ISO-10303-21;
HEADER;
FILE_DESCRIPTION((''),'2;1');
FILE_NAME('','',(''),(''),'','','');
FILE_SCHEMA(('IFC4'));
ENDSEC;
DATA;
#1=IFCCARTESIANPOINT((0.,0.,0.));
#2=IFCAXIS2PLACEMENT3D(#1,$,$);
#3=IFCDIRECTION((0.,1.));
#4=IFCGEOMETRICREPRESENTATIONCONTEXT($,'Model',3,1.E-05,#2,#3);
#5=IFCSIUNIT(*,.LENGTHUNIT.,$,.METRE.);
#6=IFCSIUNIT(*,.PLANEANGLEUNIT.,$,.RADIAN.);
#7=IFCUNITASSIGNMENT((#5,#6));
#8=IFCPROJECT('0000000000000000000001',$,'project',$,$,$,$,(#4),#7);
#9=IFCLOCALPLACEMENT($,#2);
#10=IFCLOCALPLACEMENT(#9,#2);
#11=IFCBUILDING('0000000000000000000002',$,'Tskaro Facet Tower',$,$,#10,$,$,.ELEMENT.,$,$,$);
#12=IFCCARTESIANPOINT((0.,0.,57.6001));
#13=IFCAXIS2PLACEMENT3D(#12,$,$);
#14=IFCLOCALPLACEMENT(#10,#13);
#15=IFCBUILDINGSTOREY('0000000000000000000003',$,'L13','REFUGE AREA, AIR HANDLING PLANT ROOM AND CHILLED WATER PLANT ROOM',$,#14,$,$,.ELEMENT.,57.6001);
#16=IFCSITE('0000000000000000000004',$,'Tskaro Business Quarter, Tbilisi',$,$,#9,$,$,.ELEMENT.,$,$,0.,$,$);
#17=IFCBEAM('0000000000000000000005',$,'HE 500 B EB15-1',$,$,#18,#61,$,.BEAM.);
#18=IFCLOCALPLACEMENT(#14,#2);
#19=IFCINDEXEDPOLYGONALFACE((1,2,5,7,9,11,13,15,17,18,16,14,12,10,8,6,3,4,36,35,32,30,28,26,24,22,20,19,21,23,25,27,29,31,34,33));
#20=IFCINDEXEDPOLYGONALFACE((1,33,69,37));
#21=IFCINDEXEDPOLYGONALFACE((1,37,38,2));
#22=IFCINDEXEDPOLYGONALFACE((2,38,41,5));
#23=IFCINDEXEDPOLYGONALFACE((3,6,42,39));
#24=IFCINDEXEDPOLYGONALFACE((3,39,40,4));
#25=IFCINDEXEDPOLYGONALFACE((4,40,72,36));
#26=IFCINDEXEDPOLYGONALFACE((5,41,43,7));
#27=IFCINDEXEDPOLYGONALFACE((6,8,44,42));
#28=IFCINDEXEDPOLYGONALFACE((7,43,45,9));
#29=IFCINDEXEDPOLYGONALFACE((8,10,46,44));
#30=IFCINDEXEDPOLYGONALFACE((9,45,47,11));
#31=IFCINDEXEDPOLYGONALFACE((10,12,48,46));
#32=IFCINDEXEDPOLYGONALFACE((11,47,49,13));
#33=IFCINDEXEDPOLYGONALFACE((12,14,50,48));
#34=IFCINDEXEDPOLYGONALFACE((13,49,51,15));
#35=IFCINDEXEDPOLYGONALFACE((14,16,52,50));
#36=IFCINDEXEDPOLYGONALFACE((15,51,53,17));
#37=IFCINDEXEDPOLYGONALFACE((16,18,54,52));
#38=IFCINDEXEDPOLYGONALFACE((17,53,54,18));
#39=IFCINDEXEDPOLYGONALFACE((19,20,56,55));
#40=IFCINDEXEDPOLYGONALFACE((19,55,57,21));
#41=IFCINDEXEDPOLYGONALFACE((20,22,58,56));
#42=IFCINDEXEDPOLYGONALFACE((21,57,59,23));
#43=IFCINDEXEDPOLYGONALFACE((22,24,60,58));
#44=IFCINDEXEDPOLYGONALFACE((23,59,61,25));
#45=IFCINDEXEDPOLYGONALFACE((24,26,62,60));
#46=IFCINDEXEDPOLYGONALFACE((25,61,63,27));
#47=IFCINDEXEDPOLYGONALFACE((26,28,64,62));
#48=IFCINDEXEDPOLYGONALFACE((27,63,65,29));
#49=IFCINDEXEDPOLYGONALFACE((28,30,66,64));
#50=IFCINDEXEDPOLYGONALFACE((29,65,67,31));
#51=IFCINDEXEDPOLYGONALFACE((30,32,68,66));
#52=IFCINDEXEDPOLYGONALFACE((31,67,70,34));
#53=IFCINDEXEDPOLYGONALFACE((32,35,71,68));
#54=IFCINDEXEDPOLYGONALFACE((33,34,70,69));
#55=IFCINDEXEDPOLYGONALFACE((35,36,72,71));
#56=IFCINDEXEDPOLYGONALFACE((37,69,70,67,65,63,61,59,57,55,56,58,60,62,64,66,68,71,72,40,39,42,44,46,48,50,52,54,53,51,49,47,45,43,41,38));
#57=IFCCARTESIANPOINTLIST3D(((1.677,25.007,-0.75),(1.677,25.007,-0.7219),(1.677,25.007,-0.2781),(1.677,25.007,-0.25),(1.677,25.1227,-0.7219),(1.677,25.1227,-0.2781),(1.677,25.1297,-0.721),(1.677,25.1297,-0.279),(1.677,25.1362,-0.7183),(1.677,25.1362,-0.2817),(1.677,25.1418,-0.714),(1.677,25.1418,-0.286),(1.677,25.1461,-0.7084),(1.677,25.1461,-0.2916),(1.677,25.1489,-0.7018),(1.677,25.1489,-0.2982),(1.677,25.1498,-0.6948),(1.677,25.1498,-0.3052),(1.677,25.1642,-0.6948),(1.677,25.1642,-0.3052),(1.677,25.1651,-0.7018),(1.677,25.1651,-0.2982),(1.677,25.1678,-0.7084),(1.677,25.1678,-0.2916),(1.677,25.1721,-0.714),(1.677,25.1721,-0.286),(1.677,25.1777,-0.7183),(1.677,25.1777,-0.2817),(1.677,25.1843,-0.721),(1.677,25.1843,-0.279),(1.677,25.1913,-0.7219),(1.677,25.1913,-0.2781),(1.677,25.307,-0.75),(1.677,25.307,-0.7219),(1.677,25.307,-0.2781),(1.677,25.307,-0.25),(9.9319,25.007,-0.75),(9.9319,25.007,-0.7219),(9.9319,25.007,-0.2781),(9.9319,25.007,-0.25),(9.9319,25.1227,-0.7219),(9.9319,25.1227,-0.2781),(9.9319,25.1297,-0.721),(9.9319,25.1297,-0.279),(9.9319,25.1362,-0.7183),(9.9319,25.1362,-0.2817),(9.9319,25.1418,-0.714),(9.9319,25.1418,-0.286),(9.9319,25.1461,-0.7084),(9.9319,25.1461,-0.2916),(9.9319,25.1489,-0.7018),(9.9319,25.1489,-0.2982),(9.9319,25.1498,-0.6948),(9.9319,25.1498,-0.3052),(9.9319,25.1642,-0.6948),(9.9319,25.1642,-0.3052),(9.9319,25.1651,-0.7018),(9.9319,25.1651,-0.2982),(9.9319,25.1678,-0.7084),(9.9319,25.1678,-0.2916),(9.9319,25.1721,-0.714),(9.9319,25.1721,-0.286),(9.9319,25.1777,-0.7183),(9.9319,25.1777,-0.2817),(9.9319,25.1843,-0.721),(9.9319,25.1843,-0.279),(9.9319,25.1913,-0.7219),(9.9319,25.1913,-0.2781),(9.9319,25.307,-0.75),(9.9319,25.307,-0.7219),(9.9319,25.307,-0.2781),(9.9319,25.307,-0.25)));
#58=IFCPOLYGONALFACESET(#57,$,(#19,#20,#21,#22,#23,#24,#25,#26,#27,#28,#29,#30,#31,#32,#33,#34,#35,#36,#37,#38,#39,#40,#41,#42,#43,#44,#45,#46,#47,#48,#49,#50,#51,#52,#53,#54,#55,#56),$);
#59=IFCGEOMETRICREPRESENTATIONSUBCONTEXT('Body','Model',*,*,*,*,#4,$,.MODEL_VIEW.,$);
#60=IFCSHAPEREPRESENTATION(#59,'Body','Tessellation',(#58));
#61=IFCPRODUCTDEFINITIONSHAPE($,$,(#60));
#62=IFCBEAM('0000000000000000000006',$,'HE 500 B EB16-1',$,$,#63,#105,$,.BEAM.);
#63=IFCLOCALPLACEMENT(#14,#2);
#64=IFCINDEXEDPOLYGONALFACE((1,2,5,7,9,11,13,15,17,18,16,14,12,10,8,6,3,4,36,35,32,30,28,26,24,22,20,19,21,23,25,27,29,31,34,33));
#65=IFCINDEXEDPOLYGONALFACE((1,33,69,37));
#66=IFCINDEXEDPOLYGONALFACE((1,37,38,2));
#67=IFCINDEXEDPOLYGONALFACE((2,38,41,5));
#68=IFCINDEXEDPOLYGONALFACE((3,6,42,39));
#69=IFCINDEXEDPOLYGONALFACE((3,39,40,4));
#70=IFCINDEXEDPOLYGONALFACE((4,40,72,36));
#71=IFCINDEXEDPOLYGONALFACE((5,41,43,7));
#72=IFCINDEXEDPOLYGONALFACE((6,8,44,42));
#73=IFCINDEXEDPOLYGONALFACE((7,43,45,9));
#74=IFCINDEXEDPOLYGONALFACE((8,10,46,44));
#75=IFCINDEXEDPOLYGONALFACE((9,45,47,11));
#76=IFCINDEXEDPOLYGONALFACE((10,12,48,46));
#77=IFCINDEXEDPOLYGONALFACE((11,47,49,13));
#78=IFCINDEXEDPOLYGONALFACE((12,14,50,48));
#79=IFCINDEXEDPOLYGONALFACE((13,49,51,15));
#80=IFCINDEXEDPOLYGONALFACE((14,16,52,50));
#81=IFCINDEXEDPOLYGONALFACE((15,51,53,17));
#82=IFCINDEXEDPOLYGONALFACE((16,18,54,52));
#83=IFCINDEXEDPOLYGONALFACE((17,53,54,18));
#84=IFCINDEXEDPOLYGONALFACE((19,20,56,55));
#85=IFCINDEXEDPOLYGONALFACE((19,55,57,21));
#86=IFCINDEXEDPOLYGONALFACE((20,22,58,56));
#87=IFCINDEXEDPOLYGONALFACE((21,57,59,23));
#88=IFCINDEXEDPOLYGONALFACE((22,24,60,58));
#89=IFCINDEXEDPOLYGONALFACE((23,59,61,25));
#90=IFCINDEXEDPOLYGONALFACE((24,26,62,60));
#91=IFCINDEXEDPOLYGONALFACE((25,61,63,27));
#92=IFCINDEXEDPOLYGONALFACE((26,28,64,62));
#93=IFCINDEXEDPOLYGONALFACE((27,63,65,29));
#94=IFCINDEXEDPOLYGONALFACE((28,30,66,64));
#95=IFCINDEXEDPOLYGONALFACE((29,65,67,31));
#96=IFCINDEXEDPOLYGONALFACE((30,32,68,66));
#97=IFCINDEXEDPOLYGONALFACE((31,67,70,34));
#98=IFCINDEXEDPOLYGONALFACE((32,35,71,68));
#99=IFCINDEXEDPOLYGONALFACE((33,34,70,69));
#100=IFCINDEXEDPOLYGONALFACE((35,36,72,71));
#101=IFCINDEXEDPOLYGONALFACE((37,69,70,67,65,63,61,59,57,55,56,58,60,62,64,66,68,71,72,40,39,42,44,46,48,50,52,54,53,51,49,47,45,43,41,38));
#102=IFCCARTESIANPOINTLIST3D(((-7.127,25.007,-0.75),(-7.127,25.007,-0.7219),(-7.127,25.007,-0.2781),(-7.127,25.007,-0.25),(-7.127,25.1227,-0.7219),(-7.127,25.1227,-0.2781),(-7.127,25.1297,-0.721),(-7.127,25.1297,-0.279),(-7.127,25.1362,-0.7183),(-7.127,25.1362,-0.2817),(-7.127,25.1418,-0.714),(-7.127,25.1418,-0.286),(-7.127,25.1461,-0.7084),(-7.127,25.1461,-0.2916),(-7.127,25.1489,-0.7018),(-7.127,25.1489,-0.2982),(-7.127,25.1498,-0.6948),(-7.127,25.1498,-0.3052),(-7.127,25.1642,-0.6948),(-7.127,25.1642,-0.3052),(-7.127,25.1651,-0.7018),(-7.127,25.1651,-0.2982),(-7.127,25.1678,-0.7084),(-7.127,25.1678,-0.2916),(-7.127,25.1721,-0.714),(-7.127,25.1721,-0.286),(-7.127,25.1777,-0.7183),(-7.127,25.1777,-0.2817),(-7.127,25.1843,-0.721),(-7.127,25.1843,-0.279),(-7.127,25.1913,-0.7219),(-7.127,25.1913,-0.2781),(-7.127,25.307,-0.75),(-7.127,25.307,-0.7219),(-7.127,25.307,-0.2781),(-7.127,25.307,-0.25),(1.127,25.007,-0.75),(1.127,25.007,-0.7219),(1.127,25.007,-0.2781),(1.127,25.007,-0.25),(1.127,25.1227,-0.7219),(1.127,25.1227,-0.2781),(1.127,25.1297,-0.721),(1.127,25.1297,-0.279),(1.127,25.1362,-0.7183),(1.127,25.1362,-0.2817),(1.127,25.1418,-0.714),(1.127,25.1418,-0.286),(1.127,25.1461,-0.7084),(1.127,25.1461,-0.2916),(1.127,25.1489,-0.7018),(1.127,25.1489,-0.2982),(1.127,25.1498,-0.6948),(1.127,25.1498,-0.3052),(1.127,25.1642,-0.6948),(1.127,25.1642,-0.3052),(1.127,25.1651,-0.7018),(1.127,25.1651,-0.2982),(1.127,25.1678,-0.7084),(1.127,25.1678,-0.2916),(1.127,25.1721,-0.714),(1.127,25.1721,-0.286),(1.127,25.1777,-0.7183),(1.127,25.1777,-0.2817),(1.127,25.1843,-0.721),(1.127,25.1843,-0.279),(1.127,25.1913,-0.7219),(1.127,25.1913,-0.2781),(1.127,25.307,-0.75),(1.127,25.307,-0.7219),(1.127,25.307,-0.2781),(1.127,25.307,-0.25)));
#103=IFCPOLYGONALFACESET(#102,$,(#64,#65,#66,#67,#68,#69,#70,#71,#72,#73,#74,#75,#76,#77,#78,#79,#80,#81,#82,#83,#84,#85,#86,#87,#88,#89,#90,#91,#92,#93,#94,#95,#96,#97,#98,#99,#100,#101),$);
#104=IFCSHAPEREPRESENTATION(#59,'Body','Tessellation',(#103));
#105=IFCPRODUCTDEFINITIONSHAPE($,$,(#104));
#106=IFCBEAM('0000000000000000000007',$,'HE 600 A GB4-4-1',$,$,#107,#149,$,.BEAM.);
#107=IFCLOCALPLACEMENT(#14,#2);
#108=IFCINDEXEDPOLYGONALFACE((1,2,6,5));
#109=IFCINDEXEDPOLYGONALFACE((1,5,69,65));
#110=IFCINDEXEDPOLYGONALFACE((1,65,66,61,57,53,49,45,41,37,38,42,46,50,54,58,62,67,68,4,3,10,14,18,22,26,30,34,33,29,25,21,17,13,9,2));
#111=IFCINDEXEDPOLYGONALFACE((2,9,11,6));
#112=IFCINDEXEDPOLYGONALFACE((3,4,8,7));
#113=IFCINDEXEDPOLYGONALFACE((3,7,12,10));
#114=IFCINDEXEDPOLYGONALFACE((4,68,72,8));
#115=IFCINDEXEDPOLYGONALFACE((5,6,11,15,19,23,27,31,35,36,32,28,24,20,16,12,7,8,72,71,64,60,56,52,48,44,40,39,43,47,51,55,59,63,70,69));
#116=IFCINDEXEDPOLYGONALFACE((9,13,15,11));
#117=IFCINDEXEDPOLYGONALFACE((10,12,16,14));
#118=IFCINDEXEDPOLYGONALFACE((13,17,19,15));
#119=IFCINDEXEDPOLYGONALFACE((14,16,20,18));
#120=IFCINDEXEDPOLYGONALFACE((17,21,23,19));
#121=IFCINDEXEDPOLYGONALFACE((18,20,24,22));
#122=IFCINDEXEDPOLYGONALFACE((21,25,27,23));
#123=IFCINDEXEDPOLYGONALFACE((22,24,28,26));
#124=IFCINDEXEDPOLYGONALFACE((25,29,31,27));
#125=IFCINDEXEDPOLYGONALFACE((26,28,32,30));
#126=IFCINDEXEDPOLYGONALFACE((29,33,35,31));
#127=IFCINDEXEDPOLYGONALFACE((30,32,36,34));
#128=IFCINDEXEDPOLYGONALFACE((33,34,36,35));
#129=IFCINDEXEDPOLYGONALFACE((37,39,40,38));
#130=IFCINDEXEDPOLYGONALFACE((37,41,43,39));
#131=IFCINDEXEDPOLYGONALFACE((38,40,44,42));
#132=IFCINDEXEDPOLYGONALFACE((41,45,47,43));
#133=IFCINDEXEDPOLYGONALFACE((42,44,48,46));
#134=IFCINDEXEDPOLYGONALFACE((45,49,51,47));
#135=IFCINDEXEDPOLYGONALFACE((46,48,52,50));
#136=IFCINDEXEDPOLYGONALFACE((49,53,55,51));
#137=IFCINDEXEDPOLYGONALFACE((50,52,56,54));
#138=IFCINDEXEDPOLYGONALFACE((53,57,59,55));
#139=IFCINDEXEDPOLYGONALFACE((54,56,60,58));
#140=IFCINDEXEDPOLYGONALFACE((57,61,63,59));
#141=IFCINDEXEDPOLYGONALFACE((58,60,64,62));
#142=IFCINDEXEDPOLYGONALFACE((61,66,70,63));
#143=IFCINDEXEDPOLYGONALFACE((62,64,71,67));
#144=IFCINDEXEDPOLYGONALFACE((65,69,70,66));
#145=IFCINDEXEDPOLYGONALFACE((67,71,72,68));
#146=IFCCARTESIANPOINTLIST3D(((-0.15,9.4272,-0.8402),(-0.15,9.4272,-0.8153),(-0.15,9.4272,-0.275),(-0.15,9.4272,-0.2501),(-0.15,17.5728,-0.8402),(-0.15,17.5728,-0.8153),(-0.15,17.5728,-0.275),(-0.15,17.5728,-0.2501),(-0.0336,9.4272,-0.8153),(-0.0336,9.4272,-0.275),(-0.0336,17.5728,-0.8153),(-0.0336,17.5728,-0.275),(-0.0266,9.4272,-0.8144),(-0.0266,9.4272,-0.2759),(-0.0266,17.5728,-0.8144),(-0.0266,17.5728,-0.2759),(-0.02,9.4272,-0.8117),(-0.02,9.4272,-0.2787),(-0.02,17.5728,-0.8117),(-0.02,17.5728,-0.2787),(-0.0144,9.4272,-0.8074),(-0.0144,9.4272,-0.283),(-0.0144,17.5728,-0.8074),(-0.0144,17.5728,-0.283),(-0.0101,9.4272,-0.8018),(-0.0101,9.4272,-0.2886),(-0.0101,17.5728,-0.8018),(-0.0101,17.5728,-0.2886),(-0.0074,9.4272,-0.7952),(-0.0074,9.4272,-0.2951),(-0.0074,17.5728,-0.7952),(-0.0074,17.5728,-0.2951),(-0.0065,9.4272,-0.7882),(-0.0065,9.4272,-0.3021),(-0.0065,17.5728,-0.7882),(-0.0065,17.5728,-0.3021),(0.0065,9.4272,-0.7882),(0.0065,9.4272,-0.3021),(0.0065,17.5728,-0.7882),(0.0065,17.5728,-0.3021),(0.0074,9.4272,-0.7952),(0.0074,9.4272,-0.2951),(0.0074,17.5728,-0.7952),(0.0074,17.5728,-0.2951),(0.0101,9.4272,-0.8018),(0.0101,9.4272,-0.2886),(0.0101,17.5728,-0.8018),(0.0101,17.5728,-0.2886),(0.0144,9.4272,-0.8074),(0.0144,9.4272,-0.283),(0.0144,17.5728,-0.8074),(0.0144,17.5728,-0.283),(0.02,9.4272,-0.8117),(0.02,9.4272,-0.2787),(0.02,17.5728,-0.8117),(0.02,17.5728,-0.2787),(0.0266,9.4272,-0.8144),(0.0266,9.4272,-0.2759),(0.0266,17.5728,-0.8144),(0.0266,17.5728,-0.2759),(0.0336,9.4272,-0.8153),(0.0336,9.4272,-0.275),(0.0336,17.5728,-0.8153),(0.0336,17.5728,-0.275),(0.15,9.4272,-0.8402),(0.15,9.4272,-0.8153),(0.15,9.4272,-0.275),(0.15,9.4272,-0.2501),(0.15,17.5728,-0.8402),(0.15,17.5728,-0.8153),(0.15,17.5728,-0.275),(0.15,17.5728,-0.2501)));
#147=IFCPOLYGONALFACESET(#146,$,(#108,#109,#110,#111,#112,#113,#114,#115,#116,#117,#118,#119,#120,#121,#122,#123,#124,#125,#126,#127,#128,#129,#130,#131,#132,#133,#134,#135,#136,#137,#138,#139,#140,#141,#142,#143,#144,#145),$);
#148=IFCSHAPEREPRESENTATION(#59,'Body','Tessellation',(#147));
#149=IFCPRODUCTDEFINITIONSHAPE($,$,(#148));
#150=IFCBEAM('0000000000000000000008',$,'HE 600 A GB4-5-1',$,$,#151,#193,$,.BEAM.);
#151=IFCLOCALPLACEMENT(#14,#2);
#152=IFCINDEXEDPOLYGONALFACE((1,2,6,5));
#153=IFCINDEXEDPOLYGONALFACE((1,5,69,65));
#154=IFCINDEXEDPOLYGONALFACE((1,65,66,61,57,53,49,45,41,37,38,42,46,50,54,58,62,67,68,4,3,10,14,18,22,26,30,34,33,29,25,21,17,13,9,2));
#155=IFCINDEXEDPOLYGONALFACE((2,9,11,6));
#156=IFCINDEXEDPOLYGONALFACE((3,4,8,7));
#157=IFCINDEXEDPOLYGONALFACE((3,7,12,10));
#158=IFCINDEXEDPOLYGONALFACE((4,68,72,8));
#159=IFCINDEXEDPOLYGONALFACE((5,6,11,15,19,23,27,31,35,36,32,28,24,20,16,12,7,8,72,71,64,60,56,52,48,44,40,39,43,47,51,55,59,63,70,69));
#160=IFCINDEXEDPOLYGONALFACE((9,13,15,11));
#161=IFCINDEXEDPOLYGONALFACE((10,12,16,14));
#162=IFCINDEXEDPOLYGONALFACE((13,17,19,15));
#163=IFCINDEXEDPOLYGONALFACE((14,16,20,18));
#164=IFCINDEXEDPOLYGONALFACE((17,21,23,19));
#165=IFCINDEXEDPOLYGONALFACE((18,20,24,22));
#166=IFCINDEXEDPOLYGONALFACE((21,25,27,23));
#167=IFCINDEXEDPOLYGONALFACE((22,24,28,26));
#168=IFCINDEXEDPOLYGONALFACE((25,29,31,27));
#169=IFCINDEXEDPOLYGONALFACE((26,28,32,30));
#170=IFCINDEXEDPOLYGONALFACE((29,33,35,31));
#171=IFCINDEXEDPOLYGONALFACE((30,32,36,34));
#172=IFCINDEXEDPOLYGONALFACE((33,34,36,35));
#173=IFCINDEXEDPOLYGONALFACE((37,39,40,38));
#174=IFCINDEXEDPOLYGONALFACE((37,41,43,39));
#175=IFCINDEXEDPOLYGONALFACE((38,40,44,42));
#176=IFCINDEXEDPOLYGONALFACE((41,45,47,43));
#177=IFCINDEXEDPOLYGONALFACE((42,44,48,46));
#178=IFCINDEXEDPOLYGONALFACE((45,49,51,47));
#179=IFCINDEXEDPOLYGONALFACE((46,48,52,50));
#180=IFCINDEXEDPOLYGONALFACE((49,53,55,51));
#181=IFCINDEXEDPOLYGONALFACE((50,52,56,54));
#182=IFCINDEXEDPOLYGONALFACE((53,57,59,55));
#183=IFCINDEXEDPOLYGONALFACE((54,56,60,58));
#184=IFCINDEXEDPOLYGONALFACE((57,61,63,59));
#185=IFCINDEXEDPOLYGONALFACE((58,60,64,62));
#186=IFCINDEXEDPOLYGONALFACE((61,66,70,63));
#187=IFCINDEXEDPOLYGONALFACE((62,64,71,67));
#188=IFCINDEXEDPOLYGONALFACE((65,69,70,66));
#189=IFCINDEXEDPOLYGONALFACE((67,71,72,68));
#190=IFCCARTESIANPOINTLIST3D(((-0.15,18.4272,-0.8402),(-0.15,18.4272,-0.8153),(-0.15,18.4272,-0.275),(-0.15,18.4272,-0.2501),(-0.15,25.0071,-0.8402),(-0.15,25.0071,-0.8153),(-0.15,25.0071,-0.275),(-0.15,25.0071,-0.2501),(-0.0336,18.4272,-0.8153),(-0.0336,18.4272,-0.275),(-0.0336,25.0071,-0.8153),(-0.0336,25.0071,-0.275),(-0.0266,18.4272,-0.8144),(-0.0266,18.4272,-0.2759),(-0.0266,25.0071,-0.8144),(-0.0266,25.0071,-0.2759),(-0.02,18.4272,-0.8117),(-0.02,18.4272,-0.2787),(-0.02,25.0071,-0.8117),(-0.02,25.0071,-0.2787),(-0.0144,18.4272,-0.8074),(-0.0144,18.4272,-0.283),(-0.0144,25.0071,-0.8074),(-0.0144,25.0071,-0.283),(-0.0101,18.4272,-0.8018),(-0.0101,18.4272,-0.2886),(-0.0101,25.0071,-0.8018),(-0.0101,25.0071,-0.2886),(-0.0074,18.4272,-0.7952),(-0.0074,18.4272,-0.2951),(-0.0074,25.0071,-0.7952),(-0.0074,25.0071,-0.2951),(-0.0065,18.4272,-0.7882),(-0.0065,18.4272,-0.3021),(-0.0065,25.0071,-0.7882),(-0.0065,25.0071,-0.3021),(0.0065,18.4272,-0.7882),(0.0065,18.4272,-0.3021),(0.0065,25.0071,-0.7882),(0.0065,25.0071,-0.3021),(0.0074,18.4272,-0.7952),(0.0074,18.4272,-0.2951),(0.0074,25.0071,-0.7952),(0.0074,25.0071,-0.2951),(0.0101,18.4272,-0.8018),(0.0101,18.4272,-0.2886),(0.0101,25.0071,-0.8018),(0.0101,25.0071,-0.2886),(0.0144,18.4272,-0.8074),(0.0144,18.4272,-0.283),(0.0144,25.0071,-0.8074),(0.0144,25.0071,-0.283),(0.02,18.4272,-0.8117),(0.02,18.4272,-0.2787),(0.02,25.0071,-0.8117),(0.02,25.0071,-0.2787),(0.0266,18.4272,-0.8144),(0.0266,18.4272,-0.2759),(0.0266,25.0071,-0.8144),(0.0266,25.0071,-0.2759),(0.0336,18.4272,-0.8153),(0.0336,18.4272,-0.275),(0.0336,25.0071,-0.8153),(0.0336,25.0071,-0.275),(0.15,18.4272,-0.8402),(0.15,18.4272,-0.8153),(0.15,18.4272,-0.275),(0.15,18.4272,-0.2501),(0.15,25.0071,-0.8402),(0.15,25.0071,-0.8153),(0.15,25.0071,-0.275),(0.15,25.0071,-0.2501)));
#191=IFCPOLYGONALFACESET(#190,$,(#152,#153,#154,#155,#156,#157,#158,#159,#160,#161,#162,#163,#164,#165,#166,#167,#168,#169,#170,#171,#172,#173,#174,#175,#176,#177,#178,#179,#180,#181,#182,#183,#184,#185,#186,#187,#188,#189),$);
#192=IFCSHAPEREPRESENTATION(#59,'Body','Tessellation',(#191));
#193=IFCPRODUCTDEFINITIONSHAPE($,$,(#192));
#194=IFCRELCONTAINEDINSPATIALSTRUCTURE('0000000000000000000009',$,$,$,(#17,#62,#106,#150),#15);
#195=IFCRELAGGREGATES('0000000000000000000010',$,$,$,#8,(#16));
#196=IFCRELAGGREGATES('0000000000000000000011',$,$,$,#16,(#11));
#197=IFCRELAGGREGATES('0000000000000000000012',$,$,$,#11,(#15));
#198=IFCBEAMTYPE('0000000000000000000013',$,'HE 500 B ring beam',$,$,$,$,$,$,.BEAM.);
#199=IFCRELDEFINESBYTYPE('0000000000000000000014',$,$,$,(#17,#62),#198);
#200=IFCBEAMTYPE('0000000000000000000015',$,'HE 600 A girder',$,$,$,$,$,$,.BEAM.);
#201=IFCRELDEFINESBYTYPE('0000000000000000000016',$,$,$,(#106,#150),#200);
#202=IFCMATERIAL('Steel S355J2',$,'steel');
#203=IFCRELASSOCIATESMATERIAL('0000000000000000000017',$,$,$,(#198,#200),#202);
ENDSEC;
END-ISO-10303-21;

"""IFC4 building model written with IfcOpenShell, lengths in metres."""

from ifc_helpers import new_model, si_unit, direction, frame, origin, origin_2d, place, context, subcontext, project, spatial, i_section, extrude, material, material_profile, profile_set, type_object, element, save


model = new_model("IFC4")

# Units and contexts
model_context = context("Model", 3, precision=1e-05, world=origin(), true_north=direction((0.0, 1.0)))
body_context = subcontext(model_context, "Body", "Model", "MODEL_VIEW")
ifc_project = project(units=[si_unit("LENGTHUNIT", "METRE"), si_unit("PLANEANGLEUNIT", "RADIAN")], contexts=[model_context])

# Site, building, storey
site_placement = place(None, origin())
site = spatial("IfcSite", under=ifc_project, at=site_placement, Name="Tskaro Business Quarter, Tbilisi", CompositionType="ELEMENT", RefElevation=0.0)
building_placement = place(site_placement, origin())
building = spatial("IfcBuilding", under=site, at=building_placement, Name="Tskaro Facet Tower", CompositionType="ELEMENT")
storey_placement = place(building_placement, frame((0.0, 0.0, 57.6001)))
storey = spatial("IfcBuildingStorey", under=building, at=storey_placement, Name="L13", Description="REFUGE AREA, AIR HANDLING PLANT ROOM AND CHILLED WATER PLANT ROOM", CompositionType="ELEMENT", Elevation=57.6001)

# Shared definitions
ifc_material_1 = material(Name="Steel S355J2", Category="steel")

# Beams
ifc_material_profile_1 = material_profile(ifc_material_1, i_section(OverallWidth=0.3, OverallDepth=0.5, WebThickness=0.0144, FlangeThickness=0.0281, FilletRadius=0.0271, at=origin_2d()), Name="HE 500 B")
ifc_profile_set_1 = profile_set([ifc_material_profile_1], Name="Steel S355J2")
beam_type_1 = type_object("IfcBeamType", Name="HE 500 B ring beam", PredefinedType="BEAM", material=ifc_profile_set_1)
beam_1_placement = place(storey_placement, frame((9.9319, 25.157, -0.5), z_axis=(-1.0, 0.0, 0.0), x_axis=(0.0, -1.0, 0.0)))
element("IfcBeam", 1, at=beam_1_placement, inside=storey, type_object=beam_type_1, Name="HE 500 B EB15-1", PredefinedType="BEAM", context=body_context, shape_type="SweptSolid", body=[
    extrude(i_section(OverallWidth=0.3, OverallDepth=0.5, WebThickness=0.0144, FlangeThickness=0.0281, FilletRadius=0.0271, at=origin_2d()), origin(), (0.0, 0.0, 1.0), 8.2549),
])
beam_2_placement = place(storey_placement, frame((1.127, 25.157, -0.5), z_axis=(-1.0, 0.0, 0.0), x_axis=(0.0, -1.0, 0.0)))
element("IfcBeam", 2, at=beam_2_placement, inside=storey, type_object=beam_type_1, Name="HE 500 B EB16-1", PredefinedType="BEAM", context=body_context, shape_type="SweptSolid", body=[
    extrude(i_section(OverallWidth=0.3, OverallDepth=0.5, WebThickness=0.0144, FlangeThickness=0.0281, FilletRadius=0.0271, at=origin_2d()), origin(), (0.0, 0.0, 1.0), 8.2539),
])
ifc_material_profile_2 = material_profile(ifc_material_1, i_section(OverallWidth=0.3, OverallDepth=0.5901, WebThickness=0.0129, FlangeThickness=0.0249, FilletRadius=0.0271, at=origin_2d()), Name="HE 600 A")
ifc_profile_set_2 = profile_set([ifc_material_profile_2], Name="Steel S355J2")
beam_type_2 = type_object("IfcBeamType", Name="HE 600 A girder", PredefinedType="BEAM", material=ifc_profile_set_2)
beam_3_placement = place(storey_placement, frame((0.0, 9.4272, -0.5452), z_axis=(0.0, 1.0, 0.0), x_axis=(-1.0, 0.0, 0.0)))
element("IfcBeam", 3, at=beam_3_placement, inside=storey, type_object=beam_type_2, Name="HE 600 A GB4-4-1", PredefinedType="BEAM", context=body_context, shape_type="SweptSolid", body=[
    extrude(i_section(OverallWidth=0.3, OverallDepth=0.5901, WebThickness=0.0129, FlangeThickness=0.0249, FilletRadius=0.0271, at=origin_2d()), origin(), (0.0, 0.0, 1.0), 8.1455),
])
beam_4_placement = place(storey_placement, frame((0.0, 18.4272, -0.5452), z_axis=(0.0, 1.0, 0.0), x_axis=(-1.0, 0.0, 0.0)))
element("IfcBeam", 4, at=beam_4_placement, inside=storey, type_object=beam_type_2, Name="HE 600 A GB4-5-1", PredefinedType="BEAM", context=body_context, shape_type="SweptSolid", body=[
    extrude(i_section(OverallWidth=0.3, OverallDepth=0.5901, WebThickness=0.0129, FlangeThickness=0.0249, FilletRadius=0.0271, at=origin_2d()), origin(), (0.0, 0.0, 1.0), 6.5798),
])

save(model, "model.ifc")
